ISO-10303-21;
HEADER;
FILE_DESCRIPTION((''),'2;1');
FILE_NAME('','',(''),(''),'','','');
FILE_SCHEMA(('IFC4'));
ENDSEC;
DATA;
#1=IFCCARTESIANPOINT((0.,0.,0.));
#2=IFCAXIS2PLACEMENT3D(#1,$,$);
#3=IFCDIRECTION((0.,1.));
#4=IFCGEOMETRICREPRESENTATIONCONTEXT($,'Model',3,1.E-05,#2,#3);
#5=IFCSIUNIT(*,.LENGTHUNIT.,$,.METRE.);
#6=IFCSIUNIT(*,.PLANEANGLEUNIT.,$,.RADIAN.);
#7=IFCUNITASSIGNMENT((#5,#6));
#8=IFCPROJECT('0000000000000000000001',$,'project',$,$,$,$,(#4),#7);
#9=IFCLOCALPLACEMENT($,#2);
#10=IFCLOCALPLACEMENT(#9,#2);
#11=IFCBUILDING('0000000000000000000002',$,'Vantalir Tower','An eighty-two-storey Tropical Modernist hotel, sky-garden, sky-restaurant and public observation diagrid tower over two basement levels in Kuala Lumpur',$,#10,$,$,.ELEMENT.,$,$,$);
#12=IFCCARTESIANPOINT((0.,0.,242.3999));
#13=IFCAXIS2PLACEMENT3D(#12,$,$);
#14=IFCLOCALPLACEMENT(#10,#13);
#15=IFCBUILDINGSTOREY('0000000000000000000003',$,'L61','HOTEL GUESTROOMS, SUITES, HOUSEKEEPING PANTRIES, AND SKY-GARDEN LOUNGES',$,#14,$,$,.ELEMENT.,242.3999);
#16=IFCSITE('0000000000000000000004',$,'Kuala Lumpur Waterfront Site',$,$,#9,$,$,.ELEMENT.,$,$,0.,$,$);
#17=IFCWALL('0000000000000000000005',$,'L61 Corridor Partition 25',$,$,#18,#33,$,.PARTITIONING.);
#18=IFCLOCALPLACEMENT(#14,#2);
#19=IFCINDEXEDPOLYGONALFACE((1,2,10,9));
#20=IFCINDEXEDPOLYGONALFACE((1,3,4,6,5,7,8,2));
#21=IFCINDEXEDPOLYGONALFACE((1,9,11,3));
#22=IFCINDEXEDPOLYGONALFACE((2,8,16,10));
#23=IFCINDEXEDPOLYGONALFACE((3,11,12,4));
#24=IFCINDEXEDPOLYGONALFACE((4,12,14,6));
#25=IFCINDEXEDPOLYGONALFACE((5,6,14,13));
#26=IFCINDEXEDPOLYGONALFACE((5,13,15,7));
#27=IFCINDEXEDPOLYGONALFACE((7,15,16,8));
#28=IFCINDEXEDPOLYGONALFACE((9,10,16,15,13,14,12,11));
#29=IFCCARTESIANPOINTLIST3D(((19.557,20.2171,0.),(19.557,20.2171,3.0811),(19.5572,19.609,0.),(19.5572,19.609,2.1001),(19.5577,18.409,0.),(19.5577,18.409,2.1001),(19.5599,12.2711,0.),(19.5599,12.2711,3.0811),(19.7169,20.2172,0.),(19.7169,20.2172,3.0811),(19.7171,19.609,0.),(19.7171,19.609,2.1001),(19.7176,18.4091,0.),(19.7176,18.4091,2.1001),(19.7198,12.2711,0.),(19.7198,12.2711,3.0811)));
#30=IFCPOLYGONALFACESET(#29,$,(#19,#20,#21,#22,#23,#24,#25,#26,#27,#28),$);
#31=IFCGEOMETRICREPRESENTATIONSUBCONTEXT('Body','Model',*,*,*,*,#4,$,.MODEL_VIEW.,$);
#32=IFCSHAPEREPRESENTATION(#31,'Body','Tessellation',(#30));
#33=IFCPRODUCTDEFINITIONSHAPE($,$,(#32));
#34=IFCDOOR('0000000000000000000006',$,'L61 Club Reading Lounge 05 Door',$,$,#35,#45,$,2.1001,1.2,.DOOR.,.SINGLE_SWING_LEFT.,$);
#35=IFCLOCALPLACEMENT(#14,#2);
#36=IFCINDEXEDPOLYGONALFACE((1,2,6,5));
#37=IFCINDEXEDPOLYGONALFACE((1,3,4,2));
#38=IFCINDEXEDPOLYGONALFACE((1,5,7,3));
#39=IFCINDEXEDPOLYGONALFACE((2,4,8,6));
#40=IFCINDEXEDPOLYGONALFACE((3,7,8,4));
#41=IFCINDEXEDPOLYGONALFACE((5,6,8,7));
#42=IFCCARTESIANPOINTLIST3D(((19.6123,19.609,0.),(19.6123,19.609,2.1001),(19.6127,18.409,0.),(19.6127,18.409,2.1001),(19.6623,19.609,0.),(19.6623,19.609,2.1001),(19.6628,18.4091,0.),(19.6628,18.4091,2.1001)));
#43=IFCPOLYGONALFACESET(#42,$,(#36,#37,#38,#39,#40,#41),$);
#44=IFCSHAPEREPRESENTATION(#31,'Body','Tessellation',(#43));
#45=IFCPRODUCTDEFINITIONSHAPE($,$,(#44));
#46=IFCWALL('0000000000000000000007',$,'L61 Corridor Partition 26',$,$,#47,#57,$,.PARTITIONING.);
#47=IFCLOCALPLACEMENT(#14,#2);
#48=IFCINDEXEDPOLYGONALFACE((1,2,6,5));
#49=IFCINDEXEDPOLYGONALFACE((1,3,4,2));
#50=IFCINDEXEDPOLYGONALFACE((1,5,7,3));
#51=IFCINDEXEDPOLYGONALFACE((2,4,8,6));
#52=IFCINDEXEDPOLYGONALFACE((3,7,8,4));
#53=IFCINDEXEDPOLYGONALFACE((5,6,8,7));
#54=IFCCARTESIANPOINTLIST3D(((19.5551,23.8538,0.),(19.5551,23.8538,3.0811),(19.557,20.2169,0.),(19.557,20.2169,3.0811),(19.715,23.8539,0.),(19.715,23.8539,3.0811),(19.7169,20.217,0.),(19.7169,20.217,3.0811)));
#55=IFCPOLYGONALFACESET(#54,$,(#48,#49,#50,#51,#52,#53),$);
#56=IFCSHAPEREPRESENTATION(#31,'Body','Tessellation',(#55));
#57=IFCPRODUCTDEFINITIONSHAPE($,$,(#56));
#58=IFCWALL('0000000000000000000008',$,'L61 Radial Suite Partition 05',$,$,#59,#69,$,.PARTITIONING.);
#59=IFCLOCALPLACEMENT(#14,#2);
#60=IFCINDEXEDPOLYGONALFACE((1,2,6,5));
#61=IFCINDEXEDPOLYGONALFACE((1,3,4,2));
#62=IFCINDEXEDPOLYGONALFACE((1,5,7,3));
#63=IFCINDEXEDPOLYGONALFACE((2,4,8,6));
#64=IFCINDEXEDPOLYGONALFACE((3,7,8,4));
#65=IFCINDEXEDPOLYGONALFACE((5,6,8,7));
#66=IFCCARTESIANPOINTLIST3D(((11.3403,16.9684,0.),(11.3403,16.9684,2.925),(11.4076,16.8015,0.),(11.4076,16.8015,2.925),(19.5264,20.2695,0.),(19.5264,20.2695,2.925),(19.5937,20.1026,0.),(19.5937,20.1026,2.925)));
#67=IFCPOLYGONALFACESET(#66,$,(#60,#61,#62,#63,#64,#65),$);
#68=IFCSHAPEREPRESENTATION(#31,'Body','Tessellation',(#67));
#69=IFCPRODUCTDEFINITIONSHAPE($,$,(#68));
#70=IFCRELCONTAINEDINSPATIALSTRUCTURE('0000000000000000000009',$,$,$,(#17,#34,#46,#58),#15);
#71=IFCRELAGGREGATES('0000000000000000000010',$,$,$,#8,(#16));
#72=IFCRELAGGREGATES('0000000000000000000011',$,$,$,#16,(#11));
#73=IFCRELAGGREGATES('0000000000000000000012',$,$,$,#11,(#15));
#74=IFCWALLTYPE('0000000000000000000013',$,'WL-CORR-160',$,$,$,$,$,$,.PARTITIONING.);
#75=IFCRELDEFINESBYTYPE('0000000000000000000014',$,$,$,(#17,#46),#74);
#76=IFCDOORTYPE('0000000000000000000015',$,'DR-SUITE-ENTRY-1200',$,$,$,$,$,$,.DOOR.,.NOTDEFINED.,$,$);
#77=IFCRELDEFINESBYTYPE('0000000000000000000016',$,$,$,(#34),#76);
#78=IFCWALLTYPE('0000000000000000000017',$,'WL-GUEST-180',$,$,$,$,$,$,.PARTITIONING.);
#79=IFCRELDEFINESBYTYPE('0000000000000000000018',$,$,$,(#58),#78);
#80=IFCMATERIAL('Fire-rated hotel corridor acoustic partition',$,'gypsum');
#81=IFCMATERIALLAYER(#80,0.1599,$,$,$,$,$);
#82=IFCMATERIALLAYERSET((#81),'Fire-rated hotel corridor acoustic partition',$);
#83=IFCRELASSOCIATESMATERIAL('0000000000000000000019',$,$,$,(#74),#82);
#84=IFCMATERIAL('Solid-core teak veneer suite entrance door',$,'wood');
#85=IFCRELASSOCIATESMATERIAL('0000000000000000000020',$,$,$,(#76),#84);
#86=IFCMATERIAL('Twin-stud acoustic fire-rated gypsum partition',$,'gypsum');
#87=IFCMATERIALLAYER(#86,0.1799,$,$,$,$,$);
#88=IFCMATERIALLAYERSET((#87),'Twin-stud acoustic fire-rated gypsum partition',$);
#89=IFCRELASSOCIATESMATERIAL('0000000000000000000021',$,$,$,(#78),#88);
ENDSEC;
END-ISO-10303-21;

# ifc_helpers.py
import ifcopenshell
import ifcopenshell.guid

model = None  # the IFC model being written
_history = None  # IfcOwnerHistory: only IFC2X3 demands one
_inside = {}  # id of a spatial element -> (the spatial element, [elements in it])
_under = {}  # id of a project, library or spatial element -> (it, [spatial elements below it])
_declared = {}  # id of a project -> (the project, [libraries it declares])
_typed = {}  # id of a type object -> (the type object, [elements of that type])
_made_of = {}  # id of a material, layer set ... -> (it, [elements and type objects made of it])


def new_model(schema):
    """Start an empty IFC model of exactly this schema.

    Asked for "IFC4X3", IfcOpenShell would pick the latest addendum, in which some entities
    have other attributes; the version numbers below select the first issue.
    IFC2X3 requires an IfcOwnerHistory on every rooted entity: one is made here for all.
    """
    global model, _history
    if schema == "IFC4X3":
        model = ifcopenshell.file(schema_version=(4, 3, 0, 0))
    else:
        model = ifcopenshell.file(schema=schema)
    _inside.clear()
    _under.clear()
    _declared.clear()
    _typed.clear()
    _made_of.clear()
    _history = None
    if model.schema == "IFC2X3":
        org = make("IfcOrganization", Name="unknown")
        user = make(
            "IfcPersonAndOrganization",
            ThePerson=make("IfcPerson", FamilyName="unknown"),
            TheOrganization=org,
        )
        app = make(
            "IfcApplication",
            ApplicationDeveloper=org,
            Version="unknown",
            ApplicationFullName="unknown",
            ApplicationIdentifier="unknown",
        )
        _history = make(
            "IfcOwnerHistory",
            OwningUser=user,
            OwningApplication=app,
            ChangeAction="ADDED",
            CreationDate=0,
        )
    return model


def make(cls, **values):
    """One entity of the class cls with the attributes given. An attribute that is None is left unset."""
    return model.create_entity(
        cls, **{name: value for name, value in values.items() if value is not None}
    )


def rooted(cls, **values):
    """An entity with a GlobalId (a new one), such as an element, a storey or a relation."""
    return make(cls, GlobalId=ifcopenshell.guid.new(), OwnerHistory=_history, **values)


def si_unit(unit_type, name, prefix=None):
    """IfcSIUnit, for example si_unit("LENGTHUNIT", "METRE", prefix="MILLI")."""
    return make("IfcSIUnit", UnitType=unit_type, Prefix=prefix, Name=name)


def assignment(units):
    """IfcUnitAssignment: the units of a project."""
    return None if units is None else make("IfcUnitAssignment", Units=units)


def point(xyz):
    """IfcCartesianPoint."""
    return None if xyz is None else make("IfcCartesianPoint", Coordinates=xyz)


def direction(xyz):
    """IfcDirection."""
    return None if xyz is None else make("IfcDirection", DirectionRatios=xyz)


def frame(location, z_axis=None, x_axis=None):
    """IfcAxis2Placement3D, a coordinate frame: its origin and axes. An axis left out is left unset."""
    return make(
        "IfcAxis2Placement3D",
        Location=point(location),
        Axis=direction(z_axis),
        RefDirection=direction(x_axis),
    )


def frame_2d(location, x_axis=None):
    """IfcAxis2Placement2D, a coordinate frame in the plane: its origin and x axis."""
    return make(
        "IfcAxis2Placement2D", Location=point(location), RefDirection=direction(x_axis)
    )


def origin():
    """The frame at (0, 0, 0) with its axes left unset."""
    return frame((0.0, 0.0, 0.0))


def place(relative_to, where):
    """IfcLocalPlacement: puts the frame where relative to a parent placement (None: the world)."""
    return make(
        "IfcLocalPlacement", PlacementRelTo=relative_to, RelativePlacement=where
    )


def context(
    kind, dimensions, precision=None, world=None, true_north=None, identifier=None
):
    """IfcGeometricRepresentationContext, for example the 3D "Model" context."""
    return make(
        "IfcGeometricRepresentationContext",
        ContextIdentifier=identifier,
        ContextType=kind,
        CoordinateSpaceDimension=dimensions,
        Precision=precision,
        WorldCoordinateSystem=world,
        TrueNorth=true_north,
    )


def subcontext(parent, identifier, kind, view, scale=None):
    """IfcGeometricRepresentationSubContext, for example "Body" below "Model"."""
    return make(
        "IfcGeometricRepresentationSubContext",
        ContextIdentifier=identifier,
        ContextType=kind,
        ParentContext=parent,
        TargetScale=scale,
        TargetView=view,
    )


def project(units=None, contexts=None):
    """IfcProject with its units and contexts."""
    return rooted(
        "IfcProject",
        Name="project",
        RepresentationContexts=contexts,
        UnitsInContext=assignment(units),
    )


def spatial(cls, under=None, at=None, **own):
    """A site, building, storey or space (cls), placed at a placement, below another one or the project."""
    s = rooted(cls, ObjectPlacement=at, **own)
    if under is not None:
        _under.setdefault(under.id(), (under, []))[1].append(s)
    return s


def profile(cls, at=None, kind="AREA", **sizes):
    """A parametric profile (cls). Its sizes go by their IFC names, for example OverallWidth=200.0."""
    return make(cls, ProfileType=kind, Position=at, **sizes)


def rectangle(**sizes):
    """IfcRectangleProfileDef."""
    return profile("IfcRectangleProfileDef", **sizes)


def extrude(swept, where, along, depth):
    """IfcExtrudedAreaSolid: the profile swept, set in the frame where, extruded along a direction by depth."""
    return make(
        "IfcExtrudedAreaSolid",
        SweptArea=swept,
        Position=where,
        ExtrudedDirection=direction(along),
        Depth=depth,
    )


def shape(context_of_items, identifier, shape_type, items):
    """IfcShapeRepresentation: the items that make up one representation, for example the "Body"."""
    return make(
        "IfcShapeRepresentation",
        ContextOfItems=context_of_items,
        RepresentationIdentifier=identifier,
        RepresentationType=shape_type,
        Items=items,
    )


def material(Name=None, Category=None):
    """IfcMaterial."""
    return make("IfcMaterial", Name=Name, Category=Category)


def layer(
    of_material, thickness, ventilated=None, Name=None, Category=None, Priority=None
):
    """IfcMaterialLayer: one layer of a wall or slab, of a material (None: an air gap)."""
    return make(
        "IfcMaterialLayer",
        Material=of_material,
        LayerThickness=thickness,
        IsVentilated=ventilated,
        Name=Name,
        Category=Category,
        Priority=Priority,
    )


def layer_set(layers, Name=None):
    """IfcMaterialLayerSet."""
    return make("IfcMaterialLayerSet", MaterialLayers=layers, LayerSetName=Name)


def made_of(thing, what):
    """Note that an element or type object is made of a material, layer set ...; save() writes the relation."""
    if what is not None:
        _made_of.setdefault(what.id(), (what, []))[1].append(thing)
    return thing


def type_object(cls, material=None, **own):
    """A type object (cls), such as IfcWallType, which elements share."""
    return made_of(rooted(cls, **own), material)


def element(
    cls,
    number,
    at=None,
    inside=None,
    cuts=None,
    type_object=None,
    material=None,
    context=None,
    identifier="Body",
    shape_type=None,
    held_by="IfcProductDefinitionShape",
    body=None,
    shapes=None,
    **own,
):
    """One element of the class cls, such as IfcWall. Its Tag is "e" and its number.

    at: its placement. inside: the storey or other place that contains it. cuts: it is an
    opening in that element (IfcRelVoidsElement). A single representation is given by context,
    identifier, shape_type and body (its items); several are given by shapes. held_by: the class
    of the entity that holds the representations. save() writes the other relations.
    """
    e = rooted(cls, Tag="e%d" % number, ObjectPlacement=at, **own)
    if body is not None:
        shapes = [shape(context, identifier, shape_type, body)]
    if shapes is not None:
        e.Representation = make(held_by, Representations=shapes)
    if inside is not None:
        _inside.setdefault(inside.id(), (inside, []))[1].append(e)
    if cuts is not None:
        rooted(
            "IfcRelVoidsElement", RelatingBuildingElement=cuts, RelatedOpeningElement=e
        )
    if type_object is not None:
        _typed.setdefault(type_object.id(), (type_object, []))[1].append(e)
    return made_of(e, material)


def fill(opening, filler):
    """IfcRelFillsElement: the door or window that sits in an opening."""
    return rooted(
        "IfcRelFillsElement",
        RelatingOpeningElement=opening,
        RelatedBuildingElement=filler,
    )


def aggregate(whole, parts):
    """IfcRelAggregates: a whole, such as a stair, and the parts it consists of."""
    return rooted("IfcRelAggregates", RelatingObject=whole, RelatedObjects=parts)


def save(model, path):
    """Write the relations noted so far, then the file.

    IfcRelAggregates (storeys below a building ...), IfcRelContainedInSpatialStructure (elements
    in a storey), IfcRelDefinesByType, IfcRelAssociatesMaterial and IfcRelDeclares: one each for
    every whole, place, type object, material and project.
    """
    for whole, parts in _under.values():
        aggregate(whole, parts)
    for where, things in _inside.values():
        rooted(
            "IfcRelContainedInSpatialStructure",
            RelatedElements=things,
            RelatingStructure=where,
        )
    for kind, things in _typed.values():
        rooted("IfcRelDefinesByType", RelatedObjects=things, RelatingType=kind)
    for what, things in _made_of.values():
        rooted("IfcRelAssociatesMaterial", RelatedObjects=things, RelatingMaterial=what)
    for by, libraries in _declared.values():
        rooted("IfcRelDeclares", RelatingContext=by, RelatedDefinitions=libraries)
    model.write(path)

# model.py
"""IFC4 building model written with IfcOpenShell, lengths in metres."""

from ifc_helpers import new_model, si_unit, direction, frame, frame_2d, origin, place, context, subcontext, project, spatial, rectangle, extrude, material, layer, layer_set, type_object, element, fill, save


model = new_model("IFC4")

# Units and contexts
model_context = context("Model", 3, precision=1e-05, world=origin(), true_north=direction((0.0, 1.0)))
body_context = subcontext(model_context, "Body", "Model", "MODEL_VIEW")
ifc_project = project(units=[si_unit("LENGTHUNIT", "METRE"), si_unit("PLANEANGLEUNIT", "RADIAN")], contexts=[model_context])

# Site, building, storey
site_placement = place(None, origin())
site = spatial("IfcSite", under=ifc_project, at=site_placement, Name="Kuala Lumpur Waterfront Site", CompositionType="ELEMENT", RefElevation=0.0)
building_placement = place(site_placement, origin())
building = spatial("IfcBuilding", under=site, at=building_placement, Name="Vantalir Tower", Description="An eighty-two-storey Tropical Modernist hotel, sky-garden, sky-restaurant and public observation diagrid tower over two basement levels in Kuala Lumpur", CompositionType="ELEMENT")
storey_placement = place(building_placement, frame((0.0, 0.0, 242.3999)))
storey = spatial("IfcBuildingStorey", under=building, at=storey_placement, Name="L61", Description="HOTEL GUESTROOMS, SUITES, HOUSEKEEPING PANTRIES, AND SKY-GARDEN LOUNGES", CompositionType="ELEMENT", Elevation=242.3999)

# Wall, opening, door
ifc_material_1 = material(Name="Fire-rated hotel corridor acoustic partition", Category="gypsum")
ifc_layer_1 = layer(ifc_material_1, 0.1599)
ifc_layer_set_1 = layer_set([ifc_layer_1], Name="Fire-rated hotel corridor acoustic partition")
wall_type_1 = type_object("IfcWallType", Name="WL-CORR-160", PredefinedType="PARTITIONING", material=ifc_layer_set_1)
wall_1_placement = place(storey_placement, frame((19.6399, 12.271, 0.0), z_axis=(0.0, 0.0, 1.0), x_axis=(-0.000369, 1.0, 0.0)))
wall_1 = element("IfcWall", 1, at=wall_1_placement, inside=storey, type_object=wall_type_1, Name="L61 Corridor Partition 25", PredefinedType="PARTITIONING", context=body_context, shape_type="SweptSolid", body=[
    extrude(rectangle(XDim=7.946, YDim=0.1599, at=frame_2d((3.9731, 0.0))), origin(), (0.0, 0.0, 1.0), 3.0811),
])
opening_1_placement = place(wall_1_placement, frame((6.1379, 0.0, 0.0)))
opening_1 = element("IfcOpeningElement", 2, at=opening_1_placement, cuts=wall_1, PredefinedType="OPENING", context=body_context, shape_type="SweptSolid", body=[
    extrude(rectangle(XDim=1.2, YDim=2.1001, at=frame_2d((0.6001, 1.05))), frame((0.0, 0.0898, 0.0), z_axis=(0.0, -1.0, 0.0), x_axis=(1.0, 0.0, 0.0)), (0.0, 0.0, 1.0), 0.1799),
])
ifc_material_2 = material(Name="Solid-core teak veneer suite entrance door", Category="wood")
door_type_1 = type_object("IfcDoorType", Name="DR-SUITE-ENTRY-1200", OperationType="NOTDEFINED", PredefinedType="DOOR", material=ifc_material_2)
door_1_placement = place(opening_1_placement, origin())
door_1 = element("IfcDoor", 3, at=door_1_placement, inside=storey, type_object=door_type_1, Name="L61 Club Reading Lounge 05 Door", OperationType="SINGLE_SWING_LEFT", OverallHeight=2.1001, OverallWidth=1.2, PredefinedType="DOOR", context=body_context, shape_type="SweptSolid", body=[
    extrude(rectangle(XDim=1.2, YDim=2.1001, at=frame_2d((0.6001, 1.05))), frame((0.0, 0.0249, 0.0), z_axis=(0.0, -1.0, 0.0), x_axis=(1.0, 0.0, 0.0)), (0.0, 0.0, 1.0), 0.05),
])
fill(opening_1, door_1)

# Walls
wall_2_placement = place(storey_placement, frame((19.637, 20.217, 0.0), z_axis=(0.0, 0.0, 1.0), x_axis=(-0.000537, 1.0, 0.0)))
element("IfcWall", 4, at=wall_2_placement, inside=storey, type_object=wall_type_1, Name="L61 Corridor Partition 26", PredefinedType="PARTITIONING", context=body_context, shape_type="SweptSolid", body=[
    extrude(rectangle(XDim=3.637, YDim=0.1599, at=frame_2d((1.8184, 0.0))), origin(), (0.0, 0.0, 1.0), 3.0811),
])
ifc_material_3 = material(Name="Twin-stud acoustic fire-rated gypsum partition", Category="gypsum")
ifc_layer_2 = layer(ifc_material_3, 0.1799)
ifc_layer_set_2 = layer_set([ifc_layer_2], Name="Twin-stud acoustic fire-rated gypsum partition")
wall_type_2 = type_object("IfcWallType", Name="WL-GUEST-180", PredefinedType="PARTITIONING", material=ifc_layer_set_2)
wall_3_placement = place(storey_placement, frame((19.5601, 20.186, 0.0), z_axis=(0.0, 0.0, 1.0), x_axis=(-0.927433, -0.373988, 0.0)))
element("IfcWall", 5, at=wall_3_placement, inside=storey, type_object=wall_type_2, Name="L61 Radial Suite Partition 05", PredefinedType="PARTITIONING", context=body_context, shape_type="SweptSolid", body=[
    extrude(rectangle(XDim=8.8267, YDim=0.1799, at=frame_2d((4.4133, 0.0))), origin(), (0.0, 0.0, 1.0), 2.925),
])

save(model, "model.ifc")
